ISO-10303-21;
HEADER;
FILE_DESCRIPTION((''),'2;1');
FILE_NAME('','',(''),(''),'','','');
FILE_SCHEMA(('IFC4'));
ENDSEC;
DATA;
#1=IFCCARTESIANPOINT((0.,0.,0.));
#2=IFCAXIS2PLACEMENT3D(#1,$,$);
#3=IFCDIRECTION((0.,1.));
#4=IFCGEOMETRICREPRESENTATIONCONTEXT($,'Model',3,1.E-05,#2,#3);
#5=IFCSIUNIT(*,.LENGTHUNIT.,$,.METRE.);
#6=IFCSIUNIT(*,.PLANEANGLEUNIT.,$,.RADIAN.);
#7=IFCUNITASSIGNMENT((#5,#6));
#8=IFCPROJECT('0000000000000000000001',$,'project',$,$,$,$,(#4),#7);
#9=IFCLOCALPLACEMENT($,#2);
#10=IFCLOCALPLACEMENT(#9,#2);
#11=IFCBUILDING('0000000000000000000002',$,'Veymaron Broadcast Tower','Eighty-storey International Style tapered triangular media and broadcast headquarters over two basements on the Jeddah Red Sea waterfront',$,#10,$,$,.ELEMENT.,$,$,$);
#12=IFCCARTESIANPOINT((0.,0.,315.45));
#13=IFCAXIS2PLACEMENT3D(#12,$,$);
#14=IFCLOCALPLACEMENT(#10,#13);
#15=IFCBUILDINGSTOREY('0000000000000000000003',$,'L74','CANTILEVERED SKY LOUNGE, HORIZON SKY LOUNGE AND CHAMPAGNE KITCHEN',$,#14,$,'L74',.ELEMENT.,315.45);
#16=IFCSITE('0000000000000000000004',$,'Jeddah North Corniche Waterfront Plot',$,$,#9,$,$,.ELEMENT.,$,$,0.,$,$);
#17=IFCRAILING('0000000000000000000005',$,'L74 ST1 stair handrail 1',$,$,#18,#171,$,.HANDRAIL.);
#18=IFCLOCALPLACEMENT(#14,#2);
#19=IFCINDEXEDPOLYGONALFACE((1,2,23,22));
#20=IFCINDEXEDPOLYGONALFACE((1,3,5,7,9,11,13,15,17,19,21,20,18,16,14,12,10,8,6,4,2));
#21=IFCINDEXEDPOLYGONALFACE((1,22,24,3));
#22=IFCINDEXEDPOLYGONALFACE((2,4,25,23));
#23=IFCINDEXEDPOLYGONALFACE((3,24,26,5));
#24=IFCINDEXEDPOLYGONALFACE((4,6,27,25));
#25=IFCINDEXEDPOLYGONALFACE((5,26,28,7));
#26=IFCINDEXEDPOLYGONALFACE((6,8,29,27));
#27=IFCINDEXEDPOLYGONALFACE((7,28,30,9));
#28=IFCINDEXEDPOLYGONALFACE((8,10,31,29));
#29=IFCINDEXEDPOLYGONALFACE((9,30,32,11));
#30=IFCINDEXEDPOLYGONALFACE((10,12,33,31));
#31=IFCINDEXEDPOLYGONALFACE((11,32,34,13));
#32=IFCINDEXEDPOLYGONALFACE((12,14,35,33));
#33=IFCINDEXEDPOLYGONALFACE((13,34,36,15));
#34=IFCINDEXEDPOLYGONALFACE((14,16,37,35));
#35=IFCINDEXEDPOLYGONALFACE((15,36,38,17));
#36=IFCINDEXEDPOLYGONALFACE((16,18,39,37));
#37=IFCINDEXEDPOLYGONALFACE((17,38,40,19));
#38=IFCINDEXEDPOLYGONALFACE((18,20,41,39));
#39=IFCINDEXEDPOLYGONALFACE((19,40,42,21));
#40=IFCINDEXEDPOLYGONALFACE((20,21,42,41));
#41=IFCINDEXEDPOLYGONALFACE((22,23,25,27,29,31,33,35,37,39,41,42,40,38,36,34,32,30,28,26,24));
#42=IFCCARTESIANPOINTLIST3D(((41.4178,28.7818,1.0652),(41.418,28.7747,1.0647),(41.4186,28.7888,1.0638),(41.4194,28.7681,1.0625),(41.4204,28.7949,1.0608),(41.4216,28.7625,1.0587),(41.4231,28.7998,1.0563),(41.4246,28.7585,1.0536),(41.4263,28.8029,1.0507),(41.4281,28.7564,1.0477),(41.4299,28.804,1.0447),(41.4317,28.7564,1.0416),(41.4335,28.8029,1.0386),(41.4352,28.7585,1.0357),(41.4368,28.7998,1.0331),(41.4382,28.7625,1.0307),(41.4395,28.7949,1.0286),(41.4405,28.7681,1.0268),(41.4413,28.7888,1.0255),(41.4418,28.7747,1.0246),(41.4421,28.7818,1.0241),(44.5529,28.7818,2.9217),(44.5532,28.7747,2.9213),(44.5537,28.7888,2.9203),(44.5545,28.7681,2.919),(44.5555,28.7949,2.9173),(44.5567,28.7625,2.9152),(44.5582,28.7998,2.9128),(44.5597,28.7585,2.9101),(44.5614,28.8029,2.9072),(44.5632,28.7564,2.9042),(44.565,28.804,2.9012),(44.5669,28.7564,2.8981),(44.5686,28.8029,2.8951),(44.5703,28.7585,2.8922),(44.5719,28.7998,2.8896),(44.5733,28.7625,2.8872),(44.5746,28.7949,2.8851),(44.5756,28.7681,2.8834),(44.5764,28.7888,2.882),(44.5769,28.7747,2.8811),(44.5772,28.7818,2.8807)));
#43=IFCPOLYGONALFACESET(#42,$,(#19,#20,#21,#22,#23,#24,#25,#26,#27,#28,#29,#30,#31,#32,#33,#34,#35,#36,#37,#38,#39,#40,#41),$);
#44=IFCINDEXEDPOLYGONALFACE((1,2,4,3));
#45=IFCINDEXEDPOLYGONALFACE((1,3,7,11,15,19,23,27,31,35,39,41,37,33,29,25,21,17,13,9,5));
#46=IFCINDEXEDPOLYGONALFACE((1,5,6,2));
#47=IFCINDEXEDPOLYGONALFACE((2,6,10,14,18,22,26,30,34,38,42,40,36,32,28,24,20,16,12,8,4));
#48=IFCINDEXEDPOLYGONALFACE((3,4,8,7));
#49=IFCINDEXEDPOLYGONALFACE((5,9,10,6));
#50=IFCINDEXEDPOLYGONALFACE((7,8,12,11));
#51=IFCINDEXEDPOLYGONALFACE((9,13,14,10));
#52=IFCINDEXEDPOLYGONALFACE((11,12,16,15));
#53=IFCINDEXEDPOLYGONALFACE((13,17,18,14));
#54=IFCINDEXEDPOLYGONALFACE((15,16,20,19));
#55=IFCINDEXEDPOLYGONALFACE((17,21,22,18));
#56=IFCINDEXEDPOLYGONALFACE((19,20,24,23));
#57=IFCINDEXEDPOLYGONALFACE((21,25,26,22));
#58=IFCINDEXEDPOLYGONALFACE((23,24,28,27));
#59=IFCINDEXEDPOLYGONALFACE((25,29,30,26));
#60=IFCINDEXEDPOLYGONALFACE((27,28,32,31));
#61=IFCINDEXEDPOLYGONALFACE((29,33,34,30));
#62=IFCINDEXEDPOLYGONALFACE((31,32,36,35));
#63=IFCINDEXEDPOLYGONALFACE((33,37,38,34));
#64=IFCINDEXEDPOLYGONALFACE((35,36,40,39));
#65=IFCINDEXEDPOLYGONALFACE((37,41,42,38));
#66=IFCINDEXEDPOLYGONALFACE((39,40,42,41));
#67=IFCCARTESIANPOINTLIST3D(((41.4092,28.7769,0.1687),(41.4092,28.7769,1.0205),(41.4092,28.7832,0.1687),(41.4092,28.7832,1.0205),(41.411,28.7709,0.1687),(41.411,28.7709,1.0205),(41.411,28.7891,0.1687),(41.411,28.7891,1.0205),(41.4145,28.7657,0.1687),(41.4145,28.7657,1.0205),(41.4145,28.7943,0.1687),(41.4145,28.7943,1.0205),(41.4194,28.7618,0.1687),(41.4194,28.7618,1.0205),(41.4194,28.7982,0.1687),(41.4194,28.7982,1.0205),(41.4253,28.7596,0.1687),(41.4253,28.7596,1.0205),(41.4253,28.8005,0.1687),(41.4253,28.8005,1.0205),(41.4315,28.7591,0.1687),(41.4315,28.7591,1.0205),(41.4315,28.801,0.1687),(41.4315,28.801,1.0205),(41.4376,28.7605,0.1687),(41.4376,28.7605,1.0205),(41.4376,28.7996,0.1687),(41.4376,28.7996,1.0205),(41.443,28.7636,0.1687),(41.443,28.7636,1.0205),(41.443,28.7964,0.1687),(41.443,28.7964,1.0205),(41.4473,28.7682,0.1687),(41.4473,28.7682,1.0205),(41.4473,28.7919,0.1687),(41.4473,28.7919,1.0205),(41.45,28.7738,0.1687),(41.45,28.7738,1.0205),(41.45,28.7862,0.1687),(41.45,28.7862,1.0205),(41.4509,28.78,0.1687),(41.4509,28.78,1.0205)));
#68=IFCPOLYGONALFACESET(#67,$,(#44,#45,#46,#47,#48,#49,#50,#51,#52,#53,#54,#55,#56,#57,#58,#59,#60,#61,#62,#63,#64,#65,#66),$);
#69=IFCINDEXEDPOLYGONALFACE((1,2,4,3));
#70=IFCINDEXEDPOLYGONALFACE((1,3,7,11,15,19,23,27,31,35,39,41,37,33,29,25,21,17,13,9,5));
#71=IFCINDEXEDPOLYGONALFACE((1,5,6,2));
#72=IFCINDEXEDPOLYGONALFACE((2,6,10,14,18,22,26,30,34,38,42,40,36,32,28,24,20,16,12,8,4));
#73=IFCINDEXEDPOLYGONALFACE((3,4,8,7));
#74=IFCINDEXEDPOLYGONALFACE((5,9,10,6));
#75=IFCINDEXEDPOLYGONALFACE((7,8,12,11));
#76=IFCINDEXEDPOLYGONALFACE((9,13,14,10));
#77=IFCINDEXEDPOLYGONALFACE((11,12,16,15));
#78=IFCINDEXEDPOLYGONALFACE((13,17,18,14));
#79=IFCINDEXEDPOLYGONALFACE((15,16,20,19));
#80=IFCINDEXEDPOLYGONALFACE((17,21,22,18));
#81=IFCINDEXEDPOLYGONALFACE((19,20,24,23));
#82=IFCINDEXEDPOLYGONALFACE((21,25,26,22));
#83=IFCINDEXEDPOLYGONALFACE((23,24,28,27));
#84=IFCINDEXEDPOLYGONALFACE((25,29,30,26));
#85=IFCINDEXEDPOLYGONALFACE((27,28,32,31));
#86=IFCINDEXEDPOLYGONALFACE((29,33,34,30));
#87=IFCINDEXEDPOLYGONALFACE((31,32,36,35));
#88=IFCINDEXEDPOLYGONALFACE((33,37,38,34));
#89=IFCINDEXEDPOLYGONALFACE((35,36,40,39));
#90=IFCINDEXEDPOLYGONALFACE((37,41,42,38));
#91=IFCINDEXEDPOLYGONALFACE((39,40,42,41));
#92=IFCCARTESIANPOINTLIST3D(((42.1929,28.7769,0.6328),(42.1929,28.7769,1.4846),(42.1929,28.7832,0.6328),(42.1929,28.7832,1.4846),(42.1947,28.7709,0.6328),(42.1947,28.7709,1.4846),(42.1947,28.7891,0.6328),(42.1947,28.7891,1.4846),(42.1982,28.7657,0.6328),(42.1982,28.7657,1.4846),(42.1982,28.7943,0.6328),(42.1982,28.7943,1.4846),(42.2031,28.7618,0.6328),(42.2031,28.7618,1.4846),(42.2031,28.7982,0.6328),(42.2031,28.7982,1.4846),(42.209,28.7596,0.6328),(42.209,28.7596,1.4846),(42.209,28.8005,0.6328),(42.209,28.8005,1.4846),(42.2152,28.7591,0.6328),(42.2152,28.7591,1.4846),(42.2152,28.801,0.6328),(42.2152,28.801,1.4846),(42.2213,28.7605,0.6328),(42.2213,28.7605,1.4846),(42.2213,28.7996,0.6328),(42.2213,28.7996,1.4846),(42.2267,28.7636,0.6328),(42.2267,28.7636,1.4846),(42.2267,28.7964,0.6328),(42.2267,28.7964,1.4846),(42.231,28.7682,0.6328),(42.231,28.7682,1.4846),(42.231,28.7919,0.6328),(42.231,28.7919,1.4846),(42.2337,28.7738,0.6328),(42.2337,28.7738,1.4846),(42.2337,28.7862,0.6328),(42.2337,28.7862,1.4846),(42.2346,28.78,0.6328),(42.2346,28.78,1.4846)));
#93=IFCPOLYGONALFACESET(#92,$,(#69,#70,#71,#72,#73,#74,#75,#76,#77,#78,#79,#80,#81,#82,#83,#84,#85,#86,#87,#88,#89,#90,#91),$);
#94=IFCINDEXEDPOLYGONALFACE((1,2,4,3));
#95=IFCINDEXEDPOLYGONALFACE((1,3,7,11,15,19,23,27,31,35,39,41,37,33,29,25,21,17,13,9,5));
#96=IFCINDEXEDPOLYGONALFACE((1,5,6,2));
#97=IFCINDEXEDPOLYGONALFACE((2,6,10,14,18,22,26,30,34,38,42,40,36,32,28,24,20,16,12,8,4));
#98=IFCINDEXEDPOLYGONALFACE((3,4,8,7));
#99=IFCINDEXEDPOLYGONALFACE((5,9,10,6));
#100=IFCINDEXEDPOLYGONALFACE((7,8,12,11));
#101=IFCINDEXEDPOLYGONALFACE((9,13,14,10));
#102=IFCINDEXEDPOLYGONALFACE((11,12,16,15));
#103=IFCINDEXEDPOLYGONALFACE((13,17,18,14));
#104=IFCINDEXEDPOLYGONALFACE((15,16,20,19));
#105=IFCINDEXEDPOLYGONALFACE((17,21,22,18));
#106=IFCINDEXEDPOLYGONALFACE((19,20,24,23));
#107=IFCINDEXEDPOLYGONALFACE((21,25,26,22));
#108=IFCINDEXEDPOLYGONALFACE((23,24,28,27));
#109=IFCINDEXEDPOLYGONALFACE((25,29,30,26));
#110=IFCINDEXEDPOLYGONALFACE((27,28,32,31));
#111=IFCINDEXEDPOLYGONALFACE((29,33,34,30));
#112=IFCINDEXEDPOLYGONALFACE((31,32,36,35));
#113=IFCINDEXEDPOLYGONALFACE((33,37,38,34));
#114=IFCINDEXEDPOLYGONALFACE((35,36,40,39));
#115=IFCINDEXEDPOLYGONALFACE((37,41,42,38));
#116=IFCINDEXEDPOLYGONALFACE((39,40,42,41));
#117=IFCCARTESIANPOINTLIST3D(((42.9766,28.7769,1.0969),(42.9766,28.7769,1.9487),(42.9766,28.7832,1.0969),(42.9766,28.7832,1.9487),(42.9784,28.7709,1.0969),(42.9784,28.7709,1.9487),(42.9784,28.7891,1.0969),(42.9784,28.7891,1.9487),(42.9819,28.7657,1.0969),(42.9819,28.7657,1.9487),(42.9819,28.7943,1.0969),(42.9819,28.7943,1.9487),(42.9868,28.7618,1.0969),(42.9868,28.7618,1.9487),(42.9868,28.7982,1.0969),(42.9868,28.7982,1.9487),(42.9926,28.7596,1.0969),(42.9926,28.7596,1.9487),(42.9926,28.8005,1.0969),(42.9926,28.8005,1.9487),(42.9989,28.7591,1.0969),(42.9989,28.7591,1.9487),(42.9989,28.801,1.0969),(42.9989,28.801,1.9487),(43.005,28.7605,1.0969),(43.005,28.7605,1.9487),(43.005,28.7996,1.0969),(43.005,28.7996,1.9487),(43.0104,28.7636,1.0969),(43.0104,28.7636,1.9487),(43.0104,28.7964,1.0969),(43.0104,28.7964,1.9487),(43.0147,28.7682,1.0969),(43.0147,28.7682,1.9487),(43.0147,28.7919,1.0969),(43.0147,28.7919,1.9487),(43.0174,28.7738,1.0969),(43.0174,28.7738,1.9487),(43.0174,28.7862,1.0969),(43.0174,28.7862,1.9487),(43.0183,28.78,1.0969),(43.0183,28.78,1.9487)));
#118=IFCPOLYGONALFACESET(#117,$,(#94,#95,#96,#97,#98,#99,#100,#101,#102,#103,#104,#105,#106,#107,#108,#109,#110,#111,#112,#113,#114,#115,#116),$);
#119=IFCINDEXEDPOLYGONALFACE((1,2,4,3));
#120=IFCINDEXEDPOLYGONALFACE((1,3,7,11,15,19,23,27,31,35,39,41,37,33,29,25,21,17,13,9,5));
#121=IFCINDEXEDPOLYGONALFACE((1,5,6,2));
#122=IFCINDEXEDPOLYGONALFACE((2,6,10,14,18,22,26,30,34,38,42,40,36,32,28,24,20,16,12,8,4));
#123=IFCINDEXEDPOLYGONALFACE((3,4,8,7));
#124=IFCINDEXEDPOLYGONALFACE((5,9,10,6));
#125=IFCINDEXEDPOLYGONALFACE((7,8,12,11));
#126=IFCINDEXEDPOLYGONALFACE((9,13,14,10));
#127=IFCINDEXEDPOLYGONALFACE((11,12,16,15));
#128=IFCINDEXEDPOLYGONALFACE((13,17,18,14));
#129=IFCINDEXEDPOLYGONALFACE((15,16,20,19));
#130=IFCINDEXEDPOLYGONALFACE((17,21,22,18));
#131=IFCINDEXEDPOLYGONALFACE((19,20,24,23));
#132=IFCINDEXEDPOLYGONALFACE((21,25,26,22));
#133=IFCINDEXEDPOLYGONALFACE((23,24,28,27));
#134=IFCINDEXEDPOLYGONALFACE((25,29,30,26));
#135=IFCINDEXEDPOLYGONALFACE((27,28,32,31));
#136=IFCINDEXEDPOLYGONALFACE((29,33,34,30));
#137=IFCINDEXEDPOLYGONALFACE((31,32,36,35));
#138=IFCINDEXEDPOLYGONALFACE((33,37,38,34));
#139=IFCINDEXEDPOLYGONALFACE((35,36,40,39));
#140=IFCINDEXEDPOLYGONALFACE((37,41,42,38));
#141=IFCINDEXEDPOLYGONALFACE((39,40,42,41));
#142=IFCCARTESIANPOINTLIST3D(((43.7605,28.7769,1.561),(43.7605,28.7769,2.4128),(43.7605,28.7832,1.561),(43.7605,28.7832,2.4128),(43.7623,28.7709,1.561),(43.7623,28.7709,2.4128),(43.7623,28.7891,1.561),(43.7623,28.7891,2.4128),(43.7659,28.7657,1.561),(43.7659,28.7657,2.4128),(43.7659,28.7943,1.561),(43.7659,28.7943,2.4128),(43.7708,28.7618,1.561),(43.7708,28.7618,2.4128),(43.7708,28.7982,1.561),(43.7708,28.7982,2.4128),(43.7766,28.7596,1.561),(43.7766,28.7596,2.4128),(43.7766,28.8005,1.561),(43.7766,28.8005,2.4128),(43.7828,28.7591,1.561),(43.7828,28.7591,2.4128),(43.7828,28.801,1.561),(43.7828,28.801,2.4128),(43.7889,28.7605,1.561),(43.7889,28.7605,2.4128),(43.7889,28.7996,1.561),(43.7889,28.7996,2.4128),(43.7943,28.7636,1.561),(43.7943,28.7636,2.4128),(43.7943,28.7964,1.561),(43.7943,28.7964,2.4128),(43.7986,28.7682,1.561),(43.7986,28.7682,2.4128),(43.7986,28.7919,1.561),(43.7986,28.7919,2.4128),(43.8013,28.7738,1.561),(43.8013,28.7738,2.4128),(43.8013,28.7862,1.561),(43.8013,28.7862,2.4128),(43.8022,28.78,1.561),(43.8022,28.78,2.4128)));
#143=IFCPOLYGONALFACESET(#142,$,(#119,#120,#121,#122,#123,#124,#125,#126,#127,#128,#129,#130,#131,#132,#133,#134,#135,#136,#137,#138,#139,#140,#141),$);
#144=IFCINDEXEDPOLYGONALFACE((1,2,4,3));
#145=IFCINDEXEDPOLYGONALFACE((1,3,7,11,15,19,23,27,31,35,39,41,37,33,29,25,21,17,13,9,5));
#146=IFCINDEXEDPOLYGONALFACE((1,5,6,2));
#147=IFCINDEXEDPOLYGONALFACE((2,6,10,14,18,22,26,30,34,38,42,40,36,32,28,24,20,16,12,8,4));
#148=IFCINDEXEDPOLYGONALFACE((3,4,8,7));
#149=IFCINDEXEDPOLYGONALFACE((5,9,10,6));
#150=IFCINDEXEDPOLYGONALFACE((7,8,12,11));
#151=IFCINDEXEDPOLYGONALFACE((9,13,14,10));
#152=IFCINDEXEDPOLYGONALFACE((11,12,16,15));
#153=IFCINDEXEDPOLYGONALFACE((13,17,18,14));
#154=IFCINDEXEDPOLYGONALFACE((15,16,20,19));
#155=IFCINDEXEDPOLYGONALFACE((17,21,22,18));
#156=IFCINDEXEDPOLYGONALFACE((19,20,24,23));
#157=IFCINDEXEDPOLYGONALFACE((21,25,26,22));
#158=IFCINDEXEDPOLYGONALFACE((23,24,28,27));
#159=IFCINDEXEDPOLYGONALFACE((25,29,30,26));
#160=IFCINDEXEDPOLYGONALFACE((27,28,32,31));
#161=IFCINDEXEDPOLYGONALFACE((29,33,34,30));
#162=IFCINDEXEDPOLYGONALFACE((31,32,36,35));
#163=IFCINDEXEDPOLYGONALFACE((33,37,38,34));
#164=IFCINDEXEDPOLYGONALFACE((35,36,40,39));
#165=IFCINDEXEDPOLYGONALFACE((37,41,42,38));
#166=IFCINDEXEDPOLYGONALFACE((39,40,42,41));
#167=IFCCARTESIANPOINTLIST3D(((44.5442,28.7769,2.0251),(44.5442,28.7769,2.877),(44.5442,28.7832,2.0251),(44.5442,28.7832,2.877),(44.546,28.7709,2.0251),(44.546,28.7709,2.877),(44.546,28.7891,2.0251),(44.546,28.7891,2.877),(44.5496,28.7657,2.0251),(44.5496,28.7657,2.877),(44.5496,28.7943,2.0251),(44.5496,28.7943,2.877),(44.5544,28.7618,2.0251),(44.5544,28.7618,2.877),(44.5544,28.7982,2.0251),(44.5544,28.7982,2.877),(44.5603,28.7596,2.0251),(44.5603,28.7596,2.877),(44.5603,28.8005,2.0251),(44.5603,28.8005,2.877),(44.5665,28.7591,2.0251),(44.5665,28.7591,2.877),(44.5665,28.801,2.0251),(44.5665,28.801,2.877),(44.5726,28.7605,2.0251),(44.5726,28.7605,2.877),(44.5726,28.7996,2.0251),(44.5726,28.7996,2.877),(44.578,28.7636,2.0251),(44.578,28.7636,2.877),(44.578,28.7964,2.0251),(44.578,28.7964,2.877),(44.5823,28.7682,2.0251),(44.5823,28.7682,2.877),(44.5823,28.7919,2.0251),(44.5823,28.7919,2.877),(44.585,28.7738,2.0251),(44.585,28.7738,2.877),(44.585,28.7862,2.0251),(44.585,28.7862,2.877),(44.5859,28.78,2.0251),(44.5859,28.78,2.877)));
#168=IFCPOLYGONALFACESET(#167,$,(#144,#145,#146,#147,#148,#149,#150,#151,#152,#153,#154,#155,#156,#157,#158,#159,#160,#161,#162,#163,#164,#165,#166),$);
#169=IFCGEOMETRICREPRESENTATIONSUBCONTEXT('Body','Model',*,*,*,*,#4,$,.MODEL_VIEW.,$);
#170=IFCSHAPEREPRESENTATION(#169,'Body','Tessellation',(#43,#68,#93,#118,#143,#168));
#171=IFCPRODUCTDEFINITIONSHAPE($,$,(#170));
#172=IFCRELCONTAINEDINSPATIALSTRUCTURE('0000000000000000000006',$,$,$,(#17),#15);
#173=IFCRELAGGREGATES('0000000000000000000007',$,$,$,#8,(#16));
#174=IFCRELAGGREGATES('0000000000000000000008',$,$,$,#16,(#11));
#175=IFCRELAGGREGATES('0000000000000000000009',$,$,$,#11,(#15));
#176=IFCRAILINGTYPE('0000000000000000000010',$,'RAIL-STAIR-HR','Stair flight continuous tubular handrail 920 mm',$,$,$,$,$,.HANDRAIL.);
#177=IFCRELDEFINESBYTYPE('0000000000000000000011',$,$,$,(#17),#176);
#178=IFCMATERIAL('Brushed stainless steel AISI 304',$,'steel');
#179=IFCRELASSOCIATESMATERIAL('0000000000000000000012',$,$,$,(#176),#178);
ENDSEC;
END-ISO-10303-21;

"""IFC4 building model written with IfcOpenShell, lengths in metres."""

from ifc_helpers import new_model, si_unit, direction, frame, origin, origin_2d, place, context, subcontext, project, spatial, circle, extrude, material, type_object, element, save


model = new_model("IFC4")

# Units and contexts
model_context = context("Model", 3, precision=1e-05, world=origin(), true_north=direction((0.0, 1.0)))
body_context = subcontext(model_context, "Body", "Model", "MODEL_VIEW")
ifc_project = project(units=[si_unit("LENGTHUNIT", "METRE"), si_unit("PLANEANGLEUNIT", "RADIAN")], contexts=[model_context])

# Site, building, storey
site_placement = place(None, origin())
site = spatial("IfcSite", under=ifc_project, at=site_placement, Name="Jeddah North Corniche Waterfront Plot", CompositionType="ELEMENT", RefElevation=0.0)
building_placement = place(site_placement, origin())
building = spatial("IfcBuilding", under=site, at=building_placement, Name="Veymaron Broadcast Tower", Description="Eighty-storey International Style tapered triangular media and broadcast headquarters over two basements on the Jeddah Red Sea waterfront", CompositionType="ELEMENT")
storey_placement = place(building_placement, frame((0.0, 0.0, 315.45)))
storey = spatial("IfcBuildingStorey", under=building, at=storey_placement, Name="L74", Description="CANTILEVERED SKY LOUNGE, HORIZON SKY LOUNGE AND CHAMPAGNE KITCHEN", LongName="L74", CompositionType="ELEMENT", Elevation=315.45)

# Railing
ifc_material_1 = material(Name="Brushed stainless steel AISI 304", Category="steel")
railing_type_1 = type_object("IfcRailingType", Name="RAIL-STAIR-HR", Description="Stair flight continuous tubular handrail 920 mm", PredefinedType="HANDRAIL", material=ifc_material_1)
railing_1_placement = place(storey_placement, frame((41.4299, 28.78, 0.1687)))
element("IfcRailing", 1, at=railing_1_placement, inside=storey, type_object=railing_type_1, Name="L74 ST1 stair handrail 1", PredefinedType="HANDRAIL", context=body_context, shape_type="SweptSolid", body=[
    extrude(circle(Radius=0.0239, at=origin_2d()), frame((0.0, 0.0, 0.876), z_axis=(0.860453, 0.0, 0.509531), x_axis=(0.0, 1.0, 0.0)), (0.0, 0.0, 1.0), 3.6436),
    extrude(circle(Radius=0.021, at=origin_2d()), origin(), (0.0, 0.0, 1.0), 0.8518),
    extrude(circle(Radius=0.021, at=origin_2d()), frame((0.7837, 0.0, 0.4641)), (0.0, 0.0, 1.0), 0.8518),
    extrude(circle(Radius=0.021, at=origin_2d()), frame((1.5674, 0.0, 0.9282)), (0.0, 0.0, 1.0), 0.8518),
    extrude(circle(Radius=0.021, at=origin_2d()), frame((2.3513, 0.0, 1.3923)), (0.0, 0.0, 1.0), 0.8518),
    extrude(circle(Radius=0.021, at=origin_2d()), frame((3.135, 0.0, 1.8564)), (0.0, 0.0, 1.0), 0.8518),
])

save(model, "model.ifc")
